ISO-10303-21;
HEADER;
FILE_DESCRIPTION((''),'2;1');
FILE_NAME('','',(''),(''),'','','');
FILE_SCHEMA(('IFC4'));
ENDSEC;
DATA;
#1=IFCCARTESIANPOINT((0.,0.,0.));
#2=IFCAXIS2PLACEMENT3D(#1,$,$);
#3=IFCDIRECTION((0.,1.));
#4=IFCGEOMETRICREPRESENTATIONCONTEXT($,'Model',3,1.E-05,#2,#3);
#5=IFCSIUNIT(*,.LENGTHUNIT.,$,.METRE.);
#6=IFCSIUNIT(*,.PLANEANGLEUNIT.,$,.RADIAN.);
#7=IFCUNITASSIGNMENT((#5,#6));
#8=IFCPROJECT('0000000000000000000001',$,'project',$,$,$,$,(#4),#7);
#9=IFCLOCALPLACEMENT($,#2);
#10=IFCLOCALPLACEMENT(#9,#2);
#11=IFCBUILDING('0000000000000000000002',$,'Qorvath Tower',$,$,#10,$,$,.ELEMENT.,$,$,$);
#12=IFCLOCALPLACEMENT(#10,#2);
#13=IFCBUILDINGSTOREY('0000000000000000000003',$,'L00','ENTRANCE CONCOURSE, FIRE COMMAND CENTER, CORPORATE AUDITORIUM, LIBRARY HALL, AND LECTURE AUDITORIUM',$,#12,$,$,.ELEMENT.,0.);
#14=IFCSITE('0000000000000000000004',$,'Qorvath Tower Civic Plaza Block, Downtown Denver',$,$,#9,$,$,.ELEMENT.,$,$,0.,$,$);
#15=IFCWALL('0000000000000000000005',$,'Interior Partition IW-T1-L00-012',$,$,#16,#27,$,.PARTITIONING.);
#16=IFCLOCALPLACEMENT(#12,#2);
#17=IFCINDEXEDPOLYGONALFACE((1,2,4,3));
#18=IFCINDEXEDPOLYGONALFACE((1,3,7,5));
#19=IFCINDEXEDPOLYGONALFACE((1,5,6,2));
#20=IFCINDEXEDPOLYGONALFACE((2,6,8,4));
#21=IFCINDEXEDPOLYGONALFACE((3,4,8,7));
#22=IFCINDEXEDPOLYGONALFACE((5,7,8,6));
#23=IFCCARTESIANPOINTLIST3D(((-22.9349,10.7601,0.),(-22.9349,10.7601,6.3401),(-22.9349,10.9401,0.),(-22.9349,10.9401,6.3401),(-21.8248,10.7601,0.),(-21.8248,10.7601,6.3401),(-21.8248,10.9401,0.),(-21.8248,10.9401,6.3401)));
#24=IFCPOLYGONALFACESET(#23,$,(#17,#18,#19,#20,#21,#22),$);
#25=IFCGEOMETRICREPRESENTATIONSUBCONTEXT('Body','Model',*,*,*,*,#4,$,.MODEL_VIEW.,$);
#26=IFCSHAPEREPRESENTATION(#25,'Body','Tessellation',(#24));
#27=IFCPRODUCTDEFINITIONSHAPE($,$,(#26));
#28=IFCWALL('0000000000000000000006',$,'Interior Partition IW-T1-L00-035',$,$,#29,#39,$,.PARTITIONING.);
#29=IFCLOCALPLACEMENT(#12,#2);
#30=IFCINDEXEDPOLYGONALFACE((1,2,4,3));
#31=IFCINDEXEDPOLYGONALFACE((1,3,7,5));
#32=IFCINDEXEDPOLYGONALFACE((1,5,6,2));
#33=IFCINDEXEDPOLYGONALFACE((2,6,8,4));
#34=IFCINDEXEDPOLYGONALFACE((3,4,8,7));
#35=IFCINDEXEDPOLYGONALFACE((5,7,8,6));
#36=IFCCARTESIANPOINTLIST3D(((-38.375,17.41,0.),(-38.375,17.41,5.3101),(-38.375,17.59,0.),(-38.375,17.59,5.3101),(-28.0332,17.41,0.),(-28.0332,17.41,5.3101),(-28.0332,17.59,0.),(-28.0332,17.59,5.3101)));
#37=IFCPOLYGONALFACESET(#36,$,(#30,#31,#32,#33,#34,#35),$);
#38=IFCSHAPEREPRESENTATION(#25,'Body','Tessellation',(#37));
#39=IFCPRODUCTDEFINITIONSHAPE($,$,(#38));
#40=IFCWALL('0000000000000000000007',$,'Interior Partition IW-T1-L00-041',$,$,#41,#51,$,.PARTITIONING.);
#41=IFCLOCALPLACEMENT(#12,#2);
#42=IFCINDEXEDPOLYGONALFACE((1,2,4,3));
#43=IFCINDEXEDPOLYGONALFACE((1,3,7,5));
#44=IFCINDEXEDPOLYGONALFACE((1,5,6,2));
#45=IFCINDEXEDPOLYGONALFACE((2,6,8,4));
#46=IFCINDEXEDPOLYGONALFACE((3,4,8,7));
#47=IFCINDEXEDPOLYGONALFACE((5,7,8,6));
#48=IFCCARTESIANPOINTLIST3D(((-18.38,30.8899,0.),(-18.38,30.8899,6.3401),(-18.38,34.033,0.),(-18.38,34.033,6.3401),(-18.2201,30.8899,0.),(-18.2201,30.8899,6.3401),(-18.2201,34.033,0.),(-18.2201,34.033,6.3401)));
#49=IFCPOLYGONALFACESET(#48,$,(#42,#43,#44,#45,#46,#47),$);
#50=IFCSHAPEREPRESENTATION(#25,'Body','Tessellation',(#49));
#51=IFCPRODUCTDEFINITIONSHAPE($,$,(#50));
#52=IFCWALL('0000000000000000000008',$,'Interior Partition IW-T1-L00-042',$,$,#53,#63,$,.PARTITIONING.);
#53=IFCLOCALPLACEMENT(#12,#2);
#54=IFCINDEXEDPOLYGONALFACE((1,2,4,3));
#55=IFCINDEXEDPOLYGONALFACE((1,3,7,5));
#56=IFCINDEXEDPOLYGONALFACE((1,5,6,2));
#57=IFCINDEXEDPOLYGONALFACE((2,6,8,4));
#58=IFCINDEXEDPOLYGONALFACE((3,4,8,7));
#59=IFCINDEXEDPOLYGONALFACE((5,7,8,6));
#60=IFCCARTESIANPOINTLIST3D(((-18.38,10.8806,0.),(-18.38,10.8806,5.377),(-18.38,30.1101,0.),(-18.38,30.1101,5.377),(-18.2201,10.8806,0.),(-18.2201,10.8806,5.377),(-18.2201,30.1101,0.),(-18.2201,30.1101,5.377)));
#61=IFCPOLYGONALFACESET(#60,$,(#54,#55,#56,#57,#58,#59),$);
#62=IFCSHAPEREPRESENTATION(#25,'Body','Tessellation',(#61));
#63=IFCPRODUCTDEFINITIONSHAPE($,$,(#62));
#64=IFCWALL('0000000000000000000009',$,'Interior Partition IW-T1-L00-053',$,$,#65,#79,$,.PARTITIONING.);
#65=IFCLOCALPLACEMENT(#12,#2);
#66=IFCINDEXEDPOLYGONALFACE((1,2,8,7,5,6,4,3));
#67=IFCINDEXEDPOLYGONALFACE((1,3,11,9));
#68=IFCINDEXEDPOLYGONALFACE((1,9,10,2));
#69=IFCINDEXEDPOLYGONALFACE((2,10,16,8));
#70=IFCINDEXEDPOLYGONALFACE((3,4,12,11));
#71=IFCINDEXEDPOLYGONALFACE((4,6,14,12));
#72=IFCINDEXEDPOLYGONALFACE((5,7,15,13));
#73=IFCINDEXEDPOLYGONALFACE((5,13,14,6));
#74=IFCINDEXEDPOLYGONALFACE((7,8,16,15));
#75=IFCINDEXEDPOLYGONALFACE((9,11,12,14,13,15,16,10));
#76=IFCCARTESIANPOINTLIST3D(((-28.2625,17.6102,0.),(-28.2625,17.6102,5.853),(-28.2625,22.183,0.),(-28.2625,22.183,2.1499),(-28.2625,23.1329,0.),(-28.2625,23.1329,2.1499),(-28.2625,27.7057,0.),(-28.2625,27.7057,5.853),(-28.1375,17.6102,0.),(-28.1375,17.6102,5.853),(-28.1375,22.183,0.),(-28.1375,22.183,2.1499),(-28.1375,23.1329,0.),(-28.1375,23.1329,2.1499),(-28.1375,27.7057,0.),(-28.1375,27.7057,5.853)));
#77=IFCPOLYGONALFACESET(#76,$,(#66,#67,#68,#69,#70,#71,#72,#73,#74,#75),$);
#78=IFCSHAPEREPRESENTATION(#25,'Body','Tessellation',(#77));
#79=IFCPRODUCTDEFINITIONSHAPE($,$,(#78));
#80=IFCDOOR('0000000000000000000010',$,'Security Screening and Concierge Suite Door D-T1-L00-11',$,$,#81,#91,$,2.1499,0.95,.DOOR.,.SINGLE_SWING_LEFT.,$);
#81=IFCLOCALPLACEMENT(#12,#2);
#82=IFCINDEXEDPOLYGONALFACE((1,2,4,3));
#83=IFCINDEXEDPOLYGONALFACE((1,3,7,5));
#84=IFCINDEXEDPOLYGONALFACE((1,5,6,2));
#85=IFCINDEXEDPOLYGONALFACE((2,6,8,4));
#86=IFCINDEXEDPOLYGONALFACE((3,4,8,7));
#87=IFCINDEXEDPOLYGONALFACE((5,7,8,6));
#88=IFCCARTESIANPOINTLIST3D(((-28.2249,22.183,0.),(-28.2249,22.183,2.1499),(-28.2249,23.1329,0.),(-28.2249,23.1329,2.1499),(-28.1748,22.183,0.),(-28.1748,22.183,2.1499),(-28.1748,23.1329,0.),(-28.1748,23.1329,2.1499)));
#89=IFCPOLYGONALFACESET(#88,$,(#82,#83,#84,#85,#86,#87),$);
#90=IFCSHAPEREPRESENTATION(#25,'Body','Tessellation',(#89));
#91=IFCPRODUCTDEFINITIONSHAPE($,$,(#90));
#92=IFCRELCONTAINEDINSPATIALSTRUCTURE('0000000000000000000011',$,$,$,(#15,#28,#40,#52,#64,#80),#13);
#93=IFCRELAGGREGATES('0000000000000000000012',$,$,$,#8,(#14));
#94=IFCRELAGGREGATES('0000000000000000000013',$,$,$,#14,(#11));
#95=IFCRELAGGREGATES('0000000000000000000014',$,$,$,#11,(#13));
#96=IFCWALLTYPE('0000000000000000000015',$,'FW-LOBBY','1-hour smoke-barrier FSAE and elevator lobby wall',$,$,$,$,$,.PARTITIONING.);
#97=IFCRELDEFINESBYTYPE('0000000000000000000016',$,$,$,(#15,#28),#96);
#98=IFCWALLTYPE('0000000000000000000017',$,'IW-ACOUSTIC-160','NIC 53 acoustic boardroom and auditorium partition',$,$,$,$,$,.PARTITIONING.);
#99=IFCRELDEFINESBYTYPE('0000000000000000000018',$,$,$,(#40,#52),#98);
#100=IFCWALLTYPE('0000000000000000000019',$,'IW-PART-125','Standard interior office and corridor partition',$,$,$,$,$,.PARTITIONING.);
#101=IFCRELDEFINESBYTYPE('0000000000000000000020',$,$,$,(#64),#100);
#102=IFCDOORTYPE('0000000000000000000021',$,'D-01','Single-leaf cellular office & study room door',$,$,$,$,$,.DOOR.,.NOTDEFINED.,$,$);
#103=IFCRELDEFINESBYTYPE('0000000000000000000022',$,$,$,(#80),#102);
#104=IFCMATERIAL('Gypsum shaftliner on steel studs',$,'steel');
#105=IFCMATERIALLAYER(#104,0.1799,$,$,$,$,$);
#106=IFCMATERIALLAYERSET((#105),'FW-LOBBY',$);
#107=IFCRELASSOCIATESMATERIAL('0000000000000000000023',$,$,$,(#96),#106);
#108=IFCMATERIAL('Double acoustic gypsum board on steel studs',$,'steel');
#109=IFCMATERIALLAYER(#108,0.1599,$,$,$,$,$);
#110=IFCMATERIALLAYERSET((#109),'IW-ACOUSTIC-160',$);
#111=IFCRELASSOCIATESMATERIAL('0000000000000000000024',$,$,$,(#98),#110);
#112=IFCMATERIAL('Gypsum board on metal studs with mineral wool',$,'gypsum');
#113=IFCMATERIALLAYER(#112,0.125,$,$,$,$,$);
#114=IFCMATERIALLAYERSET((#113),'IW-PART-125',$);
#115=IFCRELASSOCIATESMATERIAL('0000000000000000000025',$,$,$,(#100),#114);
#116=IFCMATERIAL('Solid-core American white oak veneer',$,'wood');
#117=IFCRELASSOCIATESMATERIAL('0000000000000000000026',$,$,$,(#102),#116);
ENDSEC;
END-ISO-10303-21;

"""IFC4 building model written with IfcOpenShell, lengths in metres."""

from ifc_helpers import new_model, si_unit, direction, frame, frame_2d, origin, place, context, subcontext, project, spatial, rectangle, extrude, material, layer, layer_set, type_object, element, fill, save


model = new_model("IFC4")

# Units and contexts
model_context = context("Model", 3, precision=1e-05, world=origin(), true_north=direction((0.0, 1.0)))
body_context = subcontext(model_context, "Body", "Model", "MODEL_VIEW")
ifc_project = project(units=[si_unit("LENGTHUNIT", "METRE"), si_unit("PLANEANGLEUNIT", "RADIAN")], contexts=[model_context])

# Site, building, storey
site_placement = place(None, origin())
site = spatial("IfcSite", under=ifc_project, at=site_placement, Name="Qorvath Tower Civic Plaza Block, Downtown Denver", CompositionType="ELEMENT", RefElevation=0.0)
building_placement = place(site_placement, origin())
building = spatial("IfcBuilding", under=site, at=building_placement, Name="Qorvath Tower", CompositionType="ELEMENT")
storey_placement = place(building_placement, origin())
storey = spatial("IfcBuildingStorey", under=building, at=storey_placement, Name="L00", Description="ENTRANCE CONCOURSE, FIRE COMMAND CENTER, CORPORATE AUDITORIUM, LIBRARY HALL, AND LECTURE AUDITORIUM", CompositionType="ELEMENT", Elevation=0.0)

# Walls
ifc_material_1 = material(Name="Gypsum shaftliner on steel studs", Category="steel")
ifc_layer_1 = layer(ifc_material_1, 0.1799)
ifc_layer_set_1 = layer_set([ifc_layer_1], Name="FW-LOBBY")
wall_type_1 = type_object("IfcWallType", Name="FW-LOBBY", Description="1-hour smoke-barrier FSAE and elevator lobby wall", PredefinedType="PARTITIONING", material=ifc_layer_set_1)
wall_1_placement = place(storey_placement, frame((-22.9351, 10.8501, 0.0), z_axis=(0.0, 0.0, 1.0), x_axis=(1.0, 0.0, 0.0)))
element("IfcWall", 1, at=wall_1_placement, inside=storey, type_object=wall_type_1, Name="Interior Partition IW-T1-L00-012", PredefinedType="PARTITIONING", context=body_context, shape_type="SweptSolid", body=[
    extrude(rectangle(XDim=1.1101, YDim=0.1799, at=frame_2d((0.5552, 0.0))), origin(), (0.0, 0.0, 1.0), 6.3401),
])
wall_2_placement = place(storey_placement, frame((-28.0332, 17.5, 0.0), z_axis=(0.0, 0.0, 1.0), x_axis=(-1.0, 0.0, 0.0)))
element("IfcWall", 2, at=wall_2_placement, inside=storey, type_object=wall_type_1, Name="Interior Partition IW-T1-L00-035", PredefinedType="PARTITIONING", context=body_context, shape_type="SweptSolid", body=[
    extrude(rectangle(XDim=10.3418, YDim=0.1799, at=frame_2d((5.1709, 0.0))), origin(), (0.0, 0.0, 1.0), 5.3101),
])
ifc_material_2 = material(Name="Double acoustic gypsum board on steel studs", Category="steel")
ifc_layer_2 = layer(ifc_material_2, 0.1599)
ifc_layer_set_2 = layer_set([ifc_layer_2], Name="IW-ACOUSTIC-160")
wall_type_2 = type_object("IfcWallType", Name="IW-ACOUSTIC-160", Description="NIC 53 acoustic boardroom and auditorium partition", PredefinedType="PARTITIONING", material=ifc_layer_set_2)
wall_3_placement = place(storey_placement, frame((-18.3, 34.033, 0.0), z_axis=(0.0, 0.0, 1.0), x_axis=(0.0, -1.0, 0.0)))
element("IfcWall", 3, at=wall_3_placement, inside=storey, type_object=wall_type_2, Name="Interior Partition IW-T1-L00-041", PredefinedType="PARTITIONING", context=body_context, shape_type="SweptSolid", body=[
    extrude(rectangle(XDim=3.1431, YDim=0.1599, at=frame_2d((1.5715, 0.0))), origin(), (0.0, 0.0, 1.0), 6.3401),
])
wall_4_placement = place(storey_placement, frame((-18.3, 30.1101, 0.0), z_axis=(0.0, 0.0, 1.0), x_axis=(0.0, -1.0, 0.0)))
element("IfcWall", 4, at=wall_4_placement, inside=storey, type_object=wall_type_2, Name="Interior Partition IW-T1-L00-042", PredefinedType="PARTITIONING", context=body_context, shape_type="SweptSolid", body=[
    extrude(rectangle(XDim=19.2295, YDim=0.1599, at=frame_2d((9.6147, 0.0))), origin(), (0.0, 0.0, 1.0), 5.377),
])

# Wall, opening, door
ifc_material_3 = material(Name="Gypsum board on metal studs with mineral wool", Category="gypsum")
ifc_layer_3 = layer(ifc_material_3, 0.125)
ifc_layer_set_3 = layer_set([ifc_layer_3], Name="IW-PART-125")
wall_type_3 = type_object("IfcWallType", Name="IW-PART-125", Description="Standard interior office and corridor partition", PredefinedType="PARTITIONING", material=ifc_layer_set_3)
wall_5_placement = place(storey_placement, frame((-28.2, 17.6101, 0.0), z_axis=(0.0, 0.0, 1.0), x_axis=(0.0, 1.0, 0.0)))
wall_5 = element("IfcWall", 5, at=wall_5_placement, inside=storey, type_object=wall_type_3, Name="Interior Partition IW-T1-L00-053", PredefinedType="PARTITIONING", context=body_context, shape_type="SweptSolid", body=[
    extrude(rectangle(XDim=10.0955, YDim=0.125, at=frame_2d((5.0479, 0.0))), origin(), (0.0, 0.0, 1.0), 5.853),
])
opening_placement = place(wall_5_placement, frame((4.5728, 0.0, 0.0)))
opening = element("IfcOpeningElement", 6, at=opening_placement, cuts=wall_5, PredefinedType="OPENING", context=body_context, shape_type="SweptSolid", body=[
    extrude(rectangle(XDim=0.95, YDim=2.1499, at=frame_2d((0.4751, 1.075))), frame((0.0, 0.0725, 0.0), z_axis=(0.0, -1.0, 0.0), x_axis=(1.0, 0.0, 0.0)), (0.0, 0.0, 1.0), 0.145),
])
ifc_material_4 = material(Name="Solid-core American white oak veneer", Category="wood")
door_type = type_object("IfcDoorType", Name="D-01", Description="Single-leaf cellular office & study room door", OperationType="NOTDEFINED", PredefinedType="DOOR", material=ifc_material_4)
door_placement = place(opening_placement, origin())
door = element("IfcDoor", 7, at=door_placement, inside=storey, type_object=door_type, Name="Security Screening and Concierge Suite Door D-T1-L00-11", OperationType="SINGLE_SWING_LEFT", OverallHeight=2.1499, OverallWidth=0.95, PredefinedType="DOOR", context=body_context, shape_type="SweptSolid", body=[
    extrude(rectangle(XDim=0.95, YDim=2.1499, at=frame_2d((0.4751, 1.075))), frame((0.0, 0.0249, 0.0), z_axis=(0.0, -1.0, 0.0), x_axis=(1.0, 0.0, 0.0)), (0.0, 0.0, 1.0), 0.05),
])
fill(opening, door)

save(model, "model.ifc")
